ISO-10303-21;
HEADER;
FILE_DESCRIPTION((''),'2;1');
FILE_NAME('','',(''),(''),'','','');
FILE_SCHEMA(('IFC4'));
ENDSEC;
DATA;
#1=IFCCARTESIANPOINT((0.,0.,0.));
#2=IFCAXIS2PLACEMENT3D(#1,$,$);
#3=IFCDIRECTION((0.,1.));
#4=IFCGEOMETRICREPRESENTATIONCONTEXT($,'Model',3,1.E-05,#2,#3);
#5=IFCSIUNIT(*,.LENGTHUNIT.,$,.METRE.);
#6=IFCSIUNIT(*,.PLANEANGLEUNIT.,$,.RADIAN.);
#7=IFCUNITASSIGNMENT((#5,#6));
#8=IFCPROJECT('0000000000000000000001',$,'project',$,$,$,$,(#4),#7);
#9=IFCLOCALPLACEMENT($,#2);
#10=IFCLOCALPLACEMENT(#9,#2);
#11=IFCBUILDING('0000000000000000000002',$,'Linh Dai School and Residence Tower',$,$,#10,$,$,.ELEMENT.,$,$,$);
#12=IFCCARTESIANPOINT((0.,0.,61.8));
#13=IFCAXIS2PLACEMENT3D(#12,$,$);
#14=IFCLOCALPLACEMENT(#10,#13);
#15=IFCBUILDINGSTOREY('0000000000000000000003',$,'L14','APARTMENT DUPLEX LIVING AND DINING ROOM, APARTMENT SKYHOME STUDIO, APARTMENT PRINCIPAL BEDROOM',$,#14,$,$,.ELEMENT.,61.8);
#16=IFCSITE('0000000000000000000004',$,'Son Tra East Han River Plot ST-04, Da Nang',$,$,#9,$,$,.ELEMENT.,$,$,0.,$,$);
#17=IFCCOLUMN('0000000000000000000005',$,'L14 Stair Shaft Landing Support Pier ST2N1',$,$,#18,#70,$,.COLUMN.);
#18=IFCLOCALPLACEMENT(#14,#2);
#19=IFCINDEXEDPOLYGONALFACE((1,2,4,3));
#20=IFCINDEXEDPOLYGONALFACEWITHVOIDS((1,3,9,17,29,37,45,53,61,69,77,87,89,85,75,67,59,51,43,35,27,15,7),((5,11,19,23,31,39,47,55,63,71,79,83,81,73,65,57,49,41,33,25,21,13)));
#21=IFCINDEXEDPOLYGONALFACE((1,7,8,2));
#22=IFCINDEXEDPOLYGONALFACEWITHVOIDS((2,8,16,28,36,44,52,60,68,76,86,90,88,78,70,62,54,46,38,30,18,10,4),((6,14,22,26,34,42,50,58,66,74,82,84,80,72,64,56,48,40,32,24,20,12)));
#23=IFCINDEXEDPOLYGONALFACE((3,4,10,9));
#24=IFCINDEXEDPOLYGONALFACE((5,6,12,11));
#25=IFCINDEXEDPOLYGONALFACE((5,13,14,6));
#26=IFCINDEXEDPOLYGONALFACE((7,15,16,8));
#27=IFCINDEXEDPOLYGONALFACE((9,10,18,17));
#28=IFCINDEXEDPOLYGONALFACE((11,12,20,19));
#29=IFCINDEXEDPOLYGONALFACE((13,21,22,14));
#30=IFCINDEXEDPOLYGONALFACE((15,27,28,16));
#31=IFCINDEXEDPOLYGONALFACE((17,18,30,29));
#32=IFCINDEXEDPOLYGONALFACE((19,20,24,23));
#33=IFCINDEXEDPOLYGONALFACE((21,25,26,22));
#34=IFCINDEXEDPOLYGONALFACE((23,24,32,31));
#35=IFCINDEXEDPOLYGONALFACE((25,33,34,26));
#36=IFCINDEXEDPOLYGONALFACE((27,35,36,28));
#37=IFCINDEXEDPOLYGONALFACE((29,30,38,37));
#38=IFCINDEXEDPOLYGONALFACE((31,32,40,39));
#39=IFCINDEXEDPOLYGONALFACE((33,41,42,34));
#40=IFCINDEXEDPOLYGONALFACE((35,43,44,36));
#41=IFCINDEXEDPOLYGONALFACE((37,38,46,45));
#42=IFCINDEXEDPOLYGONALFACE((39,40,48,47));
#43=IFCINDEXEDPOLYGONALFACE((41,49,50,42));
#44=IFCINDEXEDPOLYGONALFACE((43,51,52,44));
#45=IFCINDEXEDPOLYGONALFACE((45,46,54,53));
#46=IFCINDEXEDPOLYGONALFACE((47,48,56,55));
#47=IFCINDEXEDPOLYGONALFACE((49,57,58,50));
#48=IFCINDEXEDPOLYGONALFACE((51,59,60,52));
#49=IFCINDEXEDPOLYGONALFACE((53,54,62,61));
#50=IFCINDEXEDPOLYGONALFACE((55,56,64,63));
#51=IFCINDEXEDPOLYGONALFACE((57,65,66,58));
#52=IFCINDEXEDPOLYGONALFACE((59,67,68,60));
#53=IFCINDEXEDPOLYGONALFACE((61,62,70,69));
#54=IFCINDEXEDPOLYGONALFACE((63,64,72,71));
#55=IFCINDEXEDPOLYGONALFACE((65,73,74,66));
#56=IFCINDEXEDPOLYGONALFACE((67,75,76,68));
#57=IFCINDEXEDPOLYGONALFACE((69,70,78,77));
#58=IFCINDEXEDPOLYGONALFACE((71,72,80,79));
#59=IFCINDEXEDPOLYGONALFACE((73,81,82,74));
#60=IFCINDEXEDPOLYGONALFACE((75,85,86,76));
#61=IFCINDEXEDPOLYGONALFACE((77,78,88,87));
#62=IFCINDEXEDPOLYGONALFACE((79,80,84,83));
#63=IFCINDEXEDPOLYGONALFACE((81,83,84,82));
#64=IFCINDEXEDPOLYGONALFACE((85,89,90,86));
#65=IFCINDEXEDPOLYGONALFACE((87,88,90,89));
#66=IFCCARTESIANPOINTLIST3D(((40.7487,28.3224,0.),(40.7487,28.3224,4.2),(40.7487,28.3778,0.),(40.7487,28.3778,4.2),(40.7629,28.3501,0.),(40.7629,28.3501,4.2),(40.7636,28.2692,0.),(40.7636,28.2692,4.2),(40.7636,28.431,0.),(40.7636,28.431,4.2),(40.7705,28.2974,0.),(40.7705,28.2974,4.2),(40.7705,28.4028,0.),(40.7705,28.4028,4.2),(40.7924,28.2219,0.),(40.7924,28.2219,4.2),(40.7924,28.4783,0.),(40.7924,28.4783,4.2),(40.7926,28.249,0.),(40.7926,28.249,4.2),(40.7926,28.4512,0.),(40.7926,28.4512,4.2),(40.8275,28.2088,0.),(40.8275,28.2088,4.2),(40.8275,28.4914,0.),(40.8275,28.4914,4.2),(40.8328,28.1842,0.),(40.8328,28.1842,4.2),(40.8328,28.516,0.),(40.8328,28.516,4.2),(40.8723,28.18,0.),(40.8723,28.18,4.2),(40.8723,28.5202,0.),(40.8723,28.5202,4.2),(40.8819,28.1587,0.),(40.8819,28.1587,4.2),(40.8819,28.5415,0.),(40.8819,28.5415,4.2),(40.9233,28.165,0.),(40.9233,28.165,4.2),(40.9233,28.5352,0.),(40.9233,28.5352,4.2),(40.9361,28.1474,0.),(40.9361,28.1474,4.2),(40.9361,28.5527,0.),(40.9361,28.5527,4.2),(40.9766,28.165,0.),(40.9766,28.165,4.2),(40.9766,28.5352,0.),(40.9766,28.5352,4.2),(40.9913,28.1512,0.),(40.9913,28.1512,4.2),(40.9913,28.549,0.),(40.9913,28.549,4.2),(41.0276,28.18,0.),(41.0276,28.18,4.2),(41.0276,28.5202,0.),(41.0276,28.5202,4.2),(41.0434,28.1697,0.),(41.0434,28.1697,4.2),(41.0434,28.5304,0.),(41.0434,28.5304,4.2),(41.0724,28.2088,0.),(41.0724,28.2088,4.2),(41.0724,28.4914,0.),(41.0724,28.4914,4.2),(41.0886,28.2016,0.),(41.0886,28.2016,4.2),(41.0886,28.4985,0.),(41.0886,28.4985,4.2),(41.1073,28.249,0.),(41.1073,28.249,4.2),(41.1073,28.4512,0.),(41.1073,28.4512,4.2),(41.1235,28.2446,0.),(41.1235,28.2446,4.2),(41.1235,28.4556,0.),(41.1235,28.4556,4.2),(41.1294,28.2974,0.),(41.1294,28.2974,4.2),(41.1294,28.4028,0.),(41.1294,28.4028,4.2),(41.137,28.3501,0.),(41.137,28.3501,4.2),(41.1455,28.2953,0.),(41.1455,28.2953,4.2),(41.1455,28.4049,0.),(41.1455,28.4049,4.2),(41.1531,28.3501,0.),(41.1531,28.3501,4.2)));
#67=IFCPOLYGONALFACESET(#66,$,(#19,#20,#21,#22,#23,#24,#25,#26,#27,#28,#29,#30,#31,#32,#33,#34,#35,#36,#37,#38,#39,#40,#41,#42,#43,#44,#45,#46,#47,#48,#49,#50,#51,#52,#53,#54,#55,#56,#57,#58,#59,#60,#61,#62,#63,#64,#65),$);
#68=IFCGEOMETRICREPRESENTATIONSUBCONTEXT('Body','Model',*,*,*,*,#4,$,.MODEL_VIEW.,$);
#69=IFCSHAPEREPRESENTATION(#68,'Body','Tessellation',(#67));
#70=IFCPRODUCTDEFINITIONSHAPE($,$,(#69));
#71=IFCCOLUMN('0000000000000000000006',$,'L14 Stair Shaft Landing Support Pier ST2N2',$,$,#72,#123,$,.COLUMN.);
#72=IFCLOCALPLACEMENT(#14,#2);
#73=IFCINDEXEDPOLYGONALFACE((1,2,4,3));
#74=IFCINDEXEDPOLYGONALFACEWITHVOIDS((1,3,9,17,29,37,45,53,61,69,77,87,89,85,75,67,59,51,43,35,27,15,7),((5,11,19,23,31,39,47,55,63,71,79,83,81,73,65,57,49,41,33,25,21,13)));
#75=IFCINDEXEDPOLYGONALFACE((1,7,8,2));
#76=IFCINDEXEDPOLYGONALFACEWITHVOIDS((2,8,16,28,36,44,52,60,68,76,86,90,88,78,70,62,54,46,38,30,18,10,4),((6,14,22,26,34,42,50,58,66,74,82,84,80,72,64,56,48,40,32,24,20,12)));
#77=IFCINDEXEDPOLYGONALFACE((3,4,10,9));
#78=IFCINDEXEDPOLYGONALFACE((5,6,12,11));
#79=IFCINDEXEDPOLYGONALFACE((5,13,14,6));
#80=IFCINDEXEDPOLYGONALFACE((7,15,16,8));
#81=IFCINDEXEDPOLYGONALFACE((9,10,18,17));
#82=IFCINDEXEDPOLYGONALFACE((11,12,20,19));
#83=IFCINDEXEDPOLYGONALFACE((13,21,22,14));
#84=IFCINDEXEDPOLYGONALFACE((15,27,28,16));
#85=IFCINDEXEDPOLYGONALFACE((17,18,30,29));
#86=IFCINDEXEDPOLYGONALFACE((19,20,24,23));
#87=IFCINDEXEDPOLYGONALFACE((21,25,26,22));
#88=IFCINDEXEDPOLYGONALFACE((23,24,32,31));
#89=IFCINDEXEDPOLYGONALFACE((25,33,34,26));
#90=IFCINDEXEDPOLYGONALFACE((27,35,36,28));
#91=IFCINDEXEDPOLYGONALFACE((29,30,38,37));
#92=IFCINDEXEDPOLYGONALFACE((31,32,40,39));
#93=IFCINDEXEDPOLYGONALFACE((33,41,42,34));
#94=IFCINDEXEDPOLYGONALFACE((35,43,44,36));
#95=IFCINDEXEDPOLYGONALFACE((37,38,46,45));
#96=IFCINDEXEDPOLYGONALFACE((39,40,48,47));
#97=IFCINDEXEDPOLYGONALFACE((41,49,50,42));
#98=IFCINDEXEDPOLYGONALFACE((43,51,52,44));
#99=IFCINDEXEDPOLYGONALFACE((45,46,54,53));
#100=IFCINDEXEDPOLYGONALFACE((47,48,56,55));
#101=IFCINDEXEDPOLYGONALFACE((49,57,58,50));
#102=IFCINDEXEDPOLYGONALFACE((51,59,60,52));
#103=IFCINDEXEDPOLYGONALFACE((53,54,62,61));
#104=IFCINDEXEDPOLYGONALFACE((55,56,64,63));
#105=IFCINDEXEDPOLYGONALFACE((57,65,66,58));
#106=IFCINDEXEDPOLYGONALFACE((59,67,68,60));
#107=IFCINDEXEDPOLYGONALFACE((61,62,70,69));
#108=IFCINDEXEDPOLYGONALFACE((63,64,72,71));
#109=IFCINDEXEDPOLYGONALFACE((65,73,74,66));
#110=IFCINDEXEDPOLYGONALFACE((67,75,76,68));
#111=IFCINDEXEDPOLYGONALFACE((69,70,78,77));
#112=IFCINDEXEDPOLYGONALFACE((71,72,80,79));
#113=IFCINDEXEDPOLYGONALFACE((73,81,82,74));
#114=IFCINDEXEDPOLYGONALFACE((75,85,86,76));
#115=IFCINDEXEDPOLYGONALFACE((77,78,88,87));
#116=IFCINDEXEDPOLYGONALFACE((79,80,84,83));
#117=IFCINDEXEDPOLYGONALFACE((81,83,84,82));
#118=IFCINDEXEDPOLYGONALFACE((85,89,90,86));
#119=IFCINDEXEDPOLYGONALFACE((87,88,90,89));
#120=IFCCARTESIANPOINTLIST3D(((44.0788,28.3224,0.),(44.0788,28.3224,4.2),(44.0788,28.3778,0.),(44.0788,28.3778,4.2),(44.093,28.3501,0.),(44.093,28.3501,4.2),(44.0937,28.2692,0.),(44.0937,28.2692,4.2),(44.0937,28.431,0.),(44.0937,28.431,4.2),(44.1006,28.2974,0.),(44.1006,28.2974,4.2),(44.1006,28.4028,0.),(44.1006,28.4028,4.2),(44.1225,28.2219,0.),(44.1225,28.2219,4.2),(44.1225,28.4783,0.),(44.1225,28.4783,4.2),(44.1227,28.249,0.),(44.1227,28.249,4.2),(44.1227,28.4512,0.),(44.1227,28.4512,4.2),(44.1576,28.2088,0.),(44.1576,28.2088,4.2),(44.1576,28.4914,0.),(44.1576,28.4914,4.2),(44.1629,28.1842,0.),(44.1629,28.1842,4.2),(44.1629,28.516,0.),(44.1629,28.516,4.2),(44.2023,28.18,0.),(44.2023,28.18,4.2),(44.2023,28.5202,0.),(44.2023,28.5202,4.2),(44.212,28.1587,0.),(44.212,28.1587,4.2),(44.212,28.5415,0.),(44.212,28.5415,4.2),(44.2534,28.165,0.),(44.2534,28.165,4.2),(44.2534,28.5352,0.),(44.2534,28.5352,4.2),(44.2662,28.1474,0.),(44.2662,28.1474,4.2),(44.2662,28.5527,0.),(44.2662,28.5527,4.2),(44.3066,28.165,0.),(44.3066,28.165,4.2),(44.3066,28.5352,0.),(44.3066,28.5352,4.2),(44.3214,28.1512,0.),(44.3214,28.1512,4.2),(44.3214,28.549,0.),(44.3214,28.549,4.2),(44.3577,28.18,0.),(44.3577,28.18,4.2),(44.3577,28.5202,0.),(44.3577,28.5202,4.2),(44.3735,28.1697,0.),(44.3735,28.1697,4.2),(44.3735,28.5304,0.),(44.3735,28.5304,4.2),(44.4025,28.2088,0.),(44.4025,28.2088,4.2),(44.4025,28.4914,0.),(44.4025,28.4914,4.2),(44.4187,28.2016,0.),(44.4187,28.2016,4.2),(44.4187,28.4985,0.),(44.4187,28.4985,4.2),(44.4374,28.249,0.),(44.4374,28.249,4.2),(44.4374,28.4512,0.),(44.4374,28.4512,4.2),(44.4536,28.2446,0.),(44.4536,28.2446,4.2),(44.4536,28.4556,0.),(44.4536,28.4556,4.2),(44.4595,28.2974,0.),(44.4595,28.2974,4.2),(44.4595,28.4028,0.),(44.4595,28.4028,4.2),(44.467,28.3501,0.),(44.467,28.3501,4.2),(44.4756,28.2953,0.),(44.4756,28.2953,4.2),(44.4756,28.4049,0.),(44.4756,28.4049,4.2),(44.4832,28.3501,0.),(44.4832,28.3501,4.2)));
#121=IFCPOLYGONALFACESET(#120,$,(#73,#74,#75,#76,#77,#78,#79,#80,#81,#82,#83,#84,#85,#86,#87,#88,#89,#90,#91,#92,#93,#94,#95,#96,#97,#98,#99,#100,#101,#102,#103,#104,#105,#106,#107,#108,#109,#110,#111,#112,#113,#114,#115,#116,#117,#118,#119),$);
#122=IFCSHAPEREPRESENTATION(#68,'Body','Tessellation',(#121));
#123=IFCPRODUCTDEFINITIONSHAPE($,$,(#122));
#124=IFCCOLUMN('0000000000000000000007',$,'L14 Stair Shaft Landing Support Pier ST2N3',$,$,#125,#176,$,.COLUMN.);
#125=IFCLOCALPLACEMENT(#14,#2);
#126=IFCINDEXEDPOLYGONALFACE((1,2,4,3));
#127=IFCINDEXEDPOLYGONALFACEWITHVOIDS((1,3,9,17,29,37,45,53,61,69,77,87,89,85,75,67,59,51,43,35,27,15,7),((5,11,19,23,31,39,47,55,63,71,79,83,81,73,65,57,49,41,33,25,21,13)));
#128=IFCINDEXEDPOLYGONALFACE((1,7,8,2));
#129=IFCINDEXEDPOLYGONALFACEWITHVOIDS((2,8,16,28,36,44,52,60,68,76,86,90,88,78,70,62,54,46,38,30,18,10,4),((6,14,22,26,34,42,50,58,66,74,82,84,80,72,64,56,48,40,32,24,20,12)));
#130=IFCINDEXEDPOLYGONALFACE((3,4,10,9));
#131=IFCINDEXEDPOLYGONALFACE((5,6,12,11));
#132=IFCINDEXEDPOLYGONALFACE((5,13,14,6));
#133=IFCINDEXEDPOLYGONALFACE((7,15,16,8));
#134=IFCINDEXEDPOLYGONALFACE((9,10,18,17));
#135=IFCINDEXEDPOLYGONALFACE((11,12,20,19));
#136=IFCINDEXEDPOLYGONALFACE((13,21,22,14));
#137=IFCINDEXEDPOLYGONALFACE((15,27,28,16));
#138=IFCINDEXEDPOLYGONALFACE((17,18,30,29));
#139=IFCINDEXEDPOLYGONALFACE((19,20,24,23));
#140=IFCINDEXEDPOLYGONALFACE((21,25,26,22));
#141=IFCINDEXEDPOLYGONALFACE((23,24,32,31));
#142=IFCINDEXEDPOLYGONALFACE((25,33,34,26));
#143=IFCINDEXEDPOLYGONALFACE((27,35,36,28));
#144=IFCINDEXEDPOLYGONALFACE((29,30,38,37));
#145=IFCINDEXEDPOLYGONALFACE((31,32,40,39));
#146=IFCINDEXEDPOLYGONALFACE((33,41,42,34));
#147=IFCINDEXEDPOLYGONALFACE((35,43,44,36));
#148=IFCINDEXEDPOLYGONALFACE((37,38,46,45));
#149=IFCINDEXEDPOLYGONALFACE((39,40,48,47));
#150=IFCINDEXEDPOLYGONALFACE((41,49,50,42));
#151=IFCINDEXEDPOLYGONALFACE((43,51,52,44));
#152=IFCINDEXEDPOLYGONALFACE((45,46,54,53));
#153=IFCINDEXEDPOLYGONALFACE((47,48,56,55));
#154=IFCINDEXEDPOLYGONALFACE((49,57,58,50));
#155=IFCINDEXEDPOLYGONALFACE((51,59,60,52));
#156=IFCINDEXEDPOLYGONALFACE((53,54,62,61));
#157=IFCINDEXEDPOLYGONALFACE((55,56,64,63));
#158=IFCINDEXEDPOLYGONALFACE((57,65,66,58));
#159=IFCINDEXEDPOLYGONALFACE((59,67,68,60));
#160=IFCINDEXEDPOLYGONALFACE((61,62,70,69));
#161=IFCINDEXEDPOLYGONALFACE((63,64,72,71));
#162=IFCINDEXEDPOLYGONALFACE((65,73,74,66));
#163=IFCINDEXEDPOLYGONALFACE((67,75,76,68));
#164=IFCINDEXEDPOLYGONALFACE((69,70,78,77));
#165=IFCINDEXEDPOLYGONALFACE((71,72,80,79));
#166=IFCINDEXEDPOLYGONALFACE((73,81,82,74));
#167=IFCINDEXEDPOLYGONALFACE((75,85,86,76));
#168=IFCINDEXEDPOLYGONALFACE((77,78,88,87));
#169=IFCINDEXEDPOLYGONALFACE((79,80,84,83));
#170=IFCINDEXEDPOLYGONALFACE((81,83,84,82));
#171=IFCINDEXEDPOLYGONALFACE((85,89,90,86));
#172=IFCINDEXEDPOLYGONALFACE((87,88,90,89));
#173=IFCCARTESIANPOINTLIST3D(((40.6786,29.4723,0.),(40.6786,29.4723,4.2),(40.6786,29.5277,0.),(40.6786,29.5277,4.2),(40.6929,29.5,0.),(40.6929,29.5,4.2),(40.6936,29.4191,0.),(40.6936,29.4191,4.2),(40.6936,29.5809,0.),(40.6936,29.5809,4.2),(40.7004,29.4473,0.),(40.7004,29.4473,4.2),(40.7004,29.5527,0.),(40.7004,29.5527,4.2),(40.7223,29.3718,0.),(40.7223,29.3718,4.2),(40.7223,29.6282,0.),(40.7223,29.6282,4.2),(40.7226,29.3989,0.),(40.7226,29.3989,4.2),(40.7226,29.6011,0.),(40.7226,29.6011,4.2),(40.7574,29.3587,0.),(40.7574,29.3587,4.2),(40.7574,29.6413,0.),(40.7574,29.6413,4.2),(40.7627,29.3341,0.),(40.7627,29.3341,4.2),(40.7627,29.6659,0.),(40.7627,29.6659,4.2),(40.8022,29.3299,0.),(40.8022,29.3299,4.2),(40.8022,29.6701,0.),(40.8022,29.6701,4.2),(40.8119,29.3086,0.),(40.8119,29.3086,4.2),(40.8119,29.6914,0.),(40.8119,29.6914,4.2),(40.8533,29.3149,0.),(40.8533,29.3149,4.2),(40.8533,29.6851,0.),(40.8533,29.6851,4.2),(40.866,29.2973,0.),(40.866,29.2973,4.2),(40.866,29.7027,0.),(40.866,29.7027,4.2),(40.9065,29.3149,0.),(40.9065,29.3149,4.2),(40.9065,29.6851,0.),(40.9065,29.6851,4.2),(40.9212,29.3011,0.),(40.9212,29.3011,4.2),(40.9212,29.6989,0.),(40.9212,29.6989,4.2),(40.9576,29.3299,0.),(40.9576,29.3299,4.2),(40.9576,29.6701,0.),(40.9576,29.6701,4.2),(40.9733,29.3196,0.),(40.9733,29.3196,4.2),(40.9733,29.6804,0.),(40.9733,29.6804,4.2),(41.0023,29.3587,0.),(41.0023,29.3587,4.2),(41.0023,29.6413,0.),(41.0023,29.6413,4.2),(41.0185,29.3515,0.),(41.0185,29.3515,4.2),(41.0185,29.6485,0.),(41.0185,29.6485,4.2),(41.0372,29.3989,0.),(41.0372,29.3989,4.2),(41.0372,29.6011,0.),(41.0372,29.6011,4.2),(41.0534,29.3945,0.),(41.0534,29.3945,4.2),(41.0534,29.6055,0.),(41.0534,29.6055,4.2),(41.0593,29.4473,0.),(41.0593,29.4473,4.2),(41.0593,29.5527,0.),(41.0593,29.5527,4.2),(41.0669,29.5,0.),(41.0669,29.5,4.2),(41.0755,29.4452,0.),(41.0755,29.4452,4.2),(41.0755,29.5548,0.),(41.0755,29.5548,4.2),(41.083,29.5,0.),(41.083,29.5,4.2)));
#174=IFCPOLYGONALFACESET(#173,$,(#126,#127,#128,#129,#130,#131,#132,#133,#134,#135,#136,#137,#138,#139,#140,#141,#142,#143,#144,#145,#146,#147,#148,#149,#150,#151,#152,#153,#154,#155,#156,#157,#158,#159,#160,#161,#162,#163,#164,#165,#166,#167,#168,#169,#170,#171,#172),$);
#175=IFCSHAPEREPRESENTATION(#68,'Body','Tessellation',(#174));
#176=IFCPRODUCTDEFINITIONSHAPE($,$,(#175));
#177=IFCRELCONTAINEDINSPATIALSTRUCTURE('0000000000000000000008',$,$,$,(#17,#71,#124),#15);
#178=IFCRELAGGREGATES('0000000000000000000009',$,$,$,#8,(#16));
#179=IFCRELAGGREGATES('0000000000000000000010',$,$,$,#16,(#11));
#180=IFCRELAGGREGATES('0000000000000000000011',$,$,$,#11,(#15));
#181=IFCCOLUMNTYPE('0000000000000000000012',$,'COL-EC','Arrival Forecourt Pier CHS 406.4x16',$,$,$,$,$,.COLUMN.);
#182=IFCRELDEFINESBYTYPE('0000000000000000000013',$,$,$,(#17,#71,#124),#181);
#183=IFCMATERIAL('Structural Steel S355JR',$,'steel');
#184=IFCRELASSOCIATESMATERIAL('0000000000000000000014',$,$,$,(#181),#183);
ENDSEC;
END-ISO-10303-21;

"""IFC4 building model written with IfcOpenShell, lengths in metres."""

from ifc_helpers import new_model, si_unit, direction, frame, origin, origin_2d, place, context, subcontext, project, spatial, hollow_circle, extrude, material, material_profile, profile_set, type_object, element, save


model = new_model("IFC4")

# Units and contexts
model_context = context("Model", 3, precision=1e-05, world=origin(), true_north=direction((0.0, 1.0)))
body_context = subcontext(model_context, "Body", "Model", "MODEL_VIEW")
ifc_project = project(units=[si_unit("LENGTHUNIT", "METRE"), si_unit("PLANEANGLEUNIT", "RADIAN")], contexts=[model_context])

# Site, building, storey
site_placement = place(None, origin())
site = spatial("IfcSite", under=ifc_project, at=site_placement, Name="Son Tra East Han River Plot ST-04, Da Nang", CompositionType="ELEMENT", RefElevation=0.0)
building_placement = place(site_placement, origin())
building = spatial("IfcBuilding", under=site, at=building_placement, Name="Linh Dai School and Residence Tower", CompositionType="ELEMENT")
storey_placement = place(building_placement, frame((0.0, 0.0, 61.8)))
storey = spatial("IfcBuildingStorey", under=building, at=storey_placement, Name="L14", Description="APARTMENT DUPLEX LIVING AND DINING ROOM, APARTMENT SKYHOME STUDIO, APARTMENT PRINCIPAL BEDROOM", CompositionType="ELEMENT", Elevation=61.8)

# Columns
ifc_material_1 = material(Name="Structural Steel S355JR", Category="steel")
ifc_material_profile_1 = material_profile(ifc_material_1, hollow_circle(Radius=0.2031, WallThickness=0.0161, at=origin_2d()), Name="CHS 406.4x16")
ifc_profile_set_1 = profile_set([ifc_material_profile_1], Name="Structural Steel S355JR")
column_type_1 = type_object("IfcColumnType", Name="COL-EC", Description="Arrival Forecourt Pier CHS 406.4x16", PredefinedType="COLUMN", material=ifc_profile_set_1)
for number, where, z_axis, x_axis, name in (
    (1, (40.95, 28.3501, 0.0), (0.0, 0.0, 1.0), (1.0, 0.0, 0.0), "L14 Stair Shaft Landing Support Pier ST2N1"),
    (2, (44.28, 28.3501, 0.0), (0.0, 0.0, 1.0), (1.0, 0.0, 0.0), "L14 Stair Shaft Landing Support Pier ST2N2"),
    (3, (40.8799, 29.5, 0.0), (0.0, 0.0, 1.0), (1.0, 0.0, 0.0), "L14 Stair Shaft Landing Support Pier ST2N3"),
):
    element("IfcColumn", number, at=place(storey_placement, frame(where, z_axis=z_axis, x_axis=x_axis)), inside=storey, type_object=column_type_1, Name=name, PredefinedType="COLUMN", context=body_context, shape_type="SweptSolid", body=[
        extrude(hollow_circle(Radius=0.2031, WallThickness=0.0161, at=origin_2d()), origin(), (0.0, 0.0, 1.0), 4.2),
    ])

save(model, "model.ifc")
